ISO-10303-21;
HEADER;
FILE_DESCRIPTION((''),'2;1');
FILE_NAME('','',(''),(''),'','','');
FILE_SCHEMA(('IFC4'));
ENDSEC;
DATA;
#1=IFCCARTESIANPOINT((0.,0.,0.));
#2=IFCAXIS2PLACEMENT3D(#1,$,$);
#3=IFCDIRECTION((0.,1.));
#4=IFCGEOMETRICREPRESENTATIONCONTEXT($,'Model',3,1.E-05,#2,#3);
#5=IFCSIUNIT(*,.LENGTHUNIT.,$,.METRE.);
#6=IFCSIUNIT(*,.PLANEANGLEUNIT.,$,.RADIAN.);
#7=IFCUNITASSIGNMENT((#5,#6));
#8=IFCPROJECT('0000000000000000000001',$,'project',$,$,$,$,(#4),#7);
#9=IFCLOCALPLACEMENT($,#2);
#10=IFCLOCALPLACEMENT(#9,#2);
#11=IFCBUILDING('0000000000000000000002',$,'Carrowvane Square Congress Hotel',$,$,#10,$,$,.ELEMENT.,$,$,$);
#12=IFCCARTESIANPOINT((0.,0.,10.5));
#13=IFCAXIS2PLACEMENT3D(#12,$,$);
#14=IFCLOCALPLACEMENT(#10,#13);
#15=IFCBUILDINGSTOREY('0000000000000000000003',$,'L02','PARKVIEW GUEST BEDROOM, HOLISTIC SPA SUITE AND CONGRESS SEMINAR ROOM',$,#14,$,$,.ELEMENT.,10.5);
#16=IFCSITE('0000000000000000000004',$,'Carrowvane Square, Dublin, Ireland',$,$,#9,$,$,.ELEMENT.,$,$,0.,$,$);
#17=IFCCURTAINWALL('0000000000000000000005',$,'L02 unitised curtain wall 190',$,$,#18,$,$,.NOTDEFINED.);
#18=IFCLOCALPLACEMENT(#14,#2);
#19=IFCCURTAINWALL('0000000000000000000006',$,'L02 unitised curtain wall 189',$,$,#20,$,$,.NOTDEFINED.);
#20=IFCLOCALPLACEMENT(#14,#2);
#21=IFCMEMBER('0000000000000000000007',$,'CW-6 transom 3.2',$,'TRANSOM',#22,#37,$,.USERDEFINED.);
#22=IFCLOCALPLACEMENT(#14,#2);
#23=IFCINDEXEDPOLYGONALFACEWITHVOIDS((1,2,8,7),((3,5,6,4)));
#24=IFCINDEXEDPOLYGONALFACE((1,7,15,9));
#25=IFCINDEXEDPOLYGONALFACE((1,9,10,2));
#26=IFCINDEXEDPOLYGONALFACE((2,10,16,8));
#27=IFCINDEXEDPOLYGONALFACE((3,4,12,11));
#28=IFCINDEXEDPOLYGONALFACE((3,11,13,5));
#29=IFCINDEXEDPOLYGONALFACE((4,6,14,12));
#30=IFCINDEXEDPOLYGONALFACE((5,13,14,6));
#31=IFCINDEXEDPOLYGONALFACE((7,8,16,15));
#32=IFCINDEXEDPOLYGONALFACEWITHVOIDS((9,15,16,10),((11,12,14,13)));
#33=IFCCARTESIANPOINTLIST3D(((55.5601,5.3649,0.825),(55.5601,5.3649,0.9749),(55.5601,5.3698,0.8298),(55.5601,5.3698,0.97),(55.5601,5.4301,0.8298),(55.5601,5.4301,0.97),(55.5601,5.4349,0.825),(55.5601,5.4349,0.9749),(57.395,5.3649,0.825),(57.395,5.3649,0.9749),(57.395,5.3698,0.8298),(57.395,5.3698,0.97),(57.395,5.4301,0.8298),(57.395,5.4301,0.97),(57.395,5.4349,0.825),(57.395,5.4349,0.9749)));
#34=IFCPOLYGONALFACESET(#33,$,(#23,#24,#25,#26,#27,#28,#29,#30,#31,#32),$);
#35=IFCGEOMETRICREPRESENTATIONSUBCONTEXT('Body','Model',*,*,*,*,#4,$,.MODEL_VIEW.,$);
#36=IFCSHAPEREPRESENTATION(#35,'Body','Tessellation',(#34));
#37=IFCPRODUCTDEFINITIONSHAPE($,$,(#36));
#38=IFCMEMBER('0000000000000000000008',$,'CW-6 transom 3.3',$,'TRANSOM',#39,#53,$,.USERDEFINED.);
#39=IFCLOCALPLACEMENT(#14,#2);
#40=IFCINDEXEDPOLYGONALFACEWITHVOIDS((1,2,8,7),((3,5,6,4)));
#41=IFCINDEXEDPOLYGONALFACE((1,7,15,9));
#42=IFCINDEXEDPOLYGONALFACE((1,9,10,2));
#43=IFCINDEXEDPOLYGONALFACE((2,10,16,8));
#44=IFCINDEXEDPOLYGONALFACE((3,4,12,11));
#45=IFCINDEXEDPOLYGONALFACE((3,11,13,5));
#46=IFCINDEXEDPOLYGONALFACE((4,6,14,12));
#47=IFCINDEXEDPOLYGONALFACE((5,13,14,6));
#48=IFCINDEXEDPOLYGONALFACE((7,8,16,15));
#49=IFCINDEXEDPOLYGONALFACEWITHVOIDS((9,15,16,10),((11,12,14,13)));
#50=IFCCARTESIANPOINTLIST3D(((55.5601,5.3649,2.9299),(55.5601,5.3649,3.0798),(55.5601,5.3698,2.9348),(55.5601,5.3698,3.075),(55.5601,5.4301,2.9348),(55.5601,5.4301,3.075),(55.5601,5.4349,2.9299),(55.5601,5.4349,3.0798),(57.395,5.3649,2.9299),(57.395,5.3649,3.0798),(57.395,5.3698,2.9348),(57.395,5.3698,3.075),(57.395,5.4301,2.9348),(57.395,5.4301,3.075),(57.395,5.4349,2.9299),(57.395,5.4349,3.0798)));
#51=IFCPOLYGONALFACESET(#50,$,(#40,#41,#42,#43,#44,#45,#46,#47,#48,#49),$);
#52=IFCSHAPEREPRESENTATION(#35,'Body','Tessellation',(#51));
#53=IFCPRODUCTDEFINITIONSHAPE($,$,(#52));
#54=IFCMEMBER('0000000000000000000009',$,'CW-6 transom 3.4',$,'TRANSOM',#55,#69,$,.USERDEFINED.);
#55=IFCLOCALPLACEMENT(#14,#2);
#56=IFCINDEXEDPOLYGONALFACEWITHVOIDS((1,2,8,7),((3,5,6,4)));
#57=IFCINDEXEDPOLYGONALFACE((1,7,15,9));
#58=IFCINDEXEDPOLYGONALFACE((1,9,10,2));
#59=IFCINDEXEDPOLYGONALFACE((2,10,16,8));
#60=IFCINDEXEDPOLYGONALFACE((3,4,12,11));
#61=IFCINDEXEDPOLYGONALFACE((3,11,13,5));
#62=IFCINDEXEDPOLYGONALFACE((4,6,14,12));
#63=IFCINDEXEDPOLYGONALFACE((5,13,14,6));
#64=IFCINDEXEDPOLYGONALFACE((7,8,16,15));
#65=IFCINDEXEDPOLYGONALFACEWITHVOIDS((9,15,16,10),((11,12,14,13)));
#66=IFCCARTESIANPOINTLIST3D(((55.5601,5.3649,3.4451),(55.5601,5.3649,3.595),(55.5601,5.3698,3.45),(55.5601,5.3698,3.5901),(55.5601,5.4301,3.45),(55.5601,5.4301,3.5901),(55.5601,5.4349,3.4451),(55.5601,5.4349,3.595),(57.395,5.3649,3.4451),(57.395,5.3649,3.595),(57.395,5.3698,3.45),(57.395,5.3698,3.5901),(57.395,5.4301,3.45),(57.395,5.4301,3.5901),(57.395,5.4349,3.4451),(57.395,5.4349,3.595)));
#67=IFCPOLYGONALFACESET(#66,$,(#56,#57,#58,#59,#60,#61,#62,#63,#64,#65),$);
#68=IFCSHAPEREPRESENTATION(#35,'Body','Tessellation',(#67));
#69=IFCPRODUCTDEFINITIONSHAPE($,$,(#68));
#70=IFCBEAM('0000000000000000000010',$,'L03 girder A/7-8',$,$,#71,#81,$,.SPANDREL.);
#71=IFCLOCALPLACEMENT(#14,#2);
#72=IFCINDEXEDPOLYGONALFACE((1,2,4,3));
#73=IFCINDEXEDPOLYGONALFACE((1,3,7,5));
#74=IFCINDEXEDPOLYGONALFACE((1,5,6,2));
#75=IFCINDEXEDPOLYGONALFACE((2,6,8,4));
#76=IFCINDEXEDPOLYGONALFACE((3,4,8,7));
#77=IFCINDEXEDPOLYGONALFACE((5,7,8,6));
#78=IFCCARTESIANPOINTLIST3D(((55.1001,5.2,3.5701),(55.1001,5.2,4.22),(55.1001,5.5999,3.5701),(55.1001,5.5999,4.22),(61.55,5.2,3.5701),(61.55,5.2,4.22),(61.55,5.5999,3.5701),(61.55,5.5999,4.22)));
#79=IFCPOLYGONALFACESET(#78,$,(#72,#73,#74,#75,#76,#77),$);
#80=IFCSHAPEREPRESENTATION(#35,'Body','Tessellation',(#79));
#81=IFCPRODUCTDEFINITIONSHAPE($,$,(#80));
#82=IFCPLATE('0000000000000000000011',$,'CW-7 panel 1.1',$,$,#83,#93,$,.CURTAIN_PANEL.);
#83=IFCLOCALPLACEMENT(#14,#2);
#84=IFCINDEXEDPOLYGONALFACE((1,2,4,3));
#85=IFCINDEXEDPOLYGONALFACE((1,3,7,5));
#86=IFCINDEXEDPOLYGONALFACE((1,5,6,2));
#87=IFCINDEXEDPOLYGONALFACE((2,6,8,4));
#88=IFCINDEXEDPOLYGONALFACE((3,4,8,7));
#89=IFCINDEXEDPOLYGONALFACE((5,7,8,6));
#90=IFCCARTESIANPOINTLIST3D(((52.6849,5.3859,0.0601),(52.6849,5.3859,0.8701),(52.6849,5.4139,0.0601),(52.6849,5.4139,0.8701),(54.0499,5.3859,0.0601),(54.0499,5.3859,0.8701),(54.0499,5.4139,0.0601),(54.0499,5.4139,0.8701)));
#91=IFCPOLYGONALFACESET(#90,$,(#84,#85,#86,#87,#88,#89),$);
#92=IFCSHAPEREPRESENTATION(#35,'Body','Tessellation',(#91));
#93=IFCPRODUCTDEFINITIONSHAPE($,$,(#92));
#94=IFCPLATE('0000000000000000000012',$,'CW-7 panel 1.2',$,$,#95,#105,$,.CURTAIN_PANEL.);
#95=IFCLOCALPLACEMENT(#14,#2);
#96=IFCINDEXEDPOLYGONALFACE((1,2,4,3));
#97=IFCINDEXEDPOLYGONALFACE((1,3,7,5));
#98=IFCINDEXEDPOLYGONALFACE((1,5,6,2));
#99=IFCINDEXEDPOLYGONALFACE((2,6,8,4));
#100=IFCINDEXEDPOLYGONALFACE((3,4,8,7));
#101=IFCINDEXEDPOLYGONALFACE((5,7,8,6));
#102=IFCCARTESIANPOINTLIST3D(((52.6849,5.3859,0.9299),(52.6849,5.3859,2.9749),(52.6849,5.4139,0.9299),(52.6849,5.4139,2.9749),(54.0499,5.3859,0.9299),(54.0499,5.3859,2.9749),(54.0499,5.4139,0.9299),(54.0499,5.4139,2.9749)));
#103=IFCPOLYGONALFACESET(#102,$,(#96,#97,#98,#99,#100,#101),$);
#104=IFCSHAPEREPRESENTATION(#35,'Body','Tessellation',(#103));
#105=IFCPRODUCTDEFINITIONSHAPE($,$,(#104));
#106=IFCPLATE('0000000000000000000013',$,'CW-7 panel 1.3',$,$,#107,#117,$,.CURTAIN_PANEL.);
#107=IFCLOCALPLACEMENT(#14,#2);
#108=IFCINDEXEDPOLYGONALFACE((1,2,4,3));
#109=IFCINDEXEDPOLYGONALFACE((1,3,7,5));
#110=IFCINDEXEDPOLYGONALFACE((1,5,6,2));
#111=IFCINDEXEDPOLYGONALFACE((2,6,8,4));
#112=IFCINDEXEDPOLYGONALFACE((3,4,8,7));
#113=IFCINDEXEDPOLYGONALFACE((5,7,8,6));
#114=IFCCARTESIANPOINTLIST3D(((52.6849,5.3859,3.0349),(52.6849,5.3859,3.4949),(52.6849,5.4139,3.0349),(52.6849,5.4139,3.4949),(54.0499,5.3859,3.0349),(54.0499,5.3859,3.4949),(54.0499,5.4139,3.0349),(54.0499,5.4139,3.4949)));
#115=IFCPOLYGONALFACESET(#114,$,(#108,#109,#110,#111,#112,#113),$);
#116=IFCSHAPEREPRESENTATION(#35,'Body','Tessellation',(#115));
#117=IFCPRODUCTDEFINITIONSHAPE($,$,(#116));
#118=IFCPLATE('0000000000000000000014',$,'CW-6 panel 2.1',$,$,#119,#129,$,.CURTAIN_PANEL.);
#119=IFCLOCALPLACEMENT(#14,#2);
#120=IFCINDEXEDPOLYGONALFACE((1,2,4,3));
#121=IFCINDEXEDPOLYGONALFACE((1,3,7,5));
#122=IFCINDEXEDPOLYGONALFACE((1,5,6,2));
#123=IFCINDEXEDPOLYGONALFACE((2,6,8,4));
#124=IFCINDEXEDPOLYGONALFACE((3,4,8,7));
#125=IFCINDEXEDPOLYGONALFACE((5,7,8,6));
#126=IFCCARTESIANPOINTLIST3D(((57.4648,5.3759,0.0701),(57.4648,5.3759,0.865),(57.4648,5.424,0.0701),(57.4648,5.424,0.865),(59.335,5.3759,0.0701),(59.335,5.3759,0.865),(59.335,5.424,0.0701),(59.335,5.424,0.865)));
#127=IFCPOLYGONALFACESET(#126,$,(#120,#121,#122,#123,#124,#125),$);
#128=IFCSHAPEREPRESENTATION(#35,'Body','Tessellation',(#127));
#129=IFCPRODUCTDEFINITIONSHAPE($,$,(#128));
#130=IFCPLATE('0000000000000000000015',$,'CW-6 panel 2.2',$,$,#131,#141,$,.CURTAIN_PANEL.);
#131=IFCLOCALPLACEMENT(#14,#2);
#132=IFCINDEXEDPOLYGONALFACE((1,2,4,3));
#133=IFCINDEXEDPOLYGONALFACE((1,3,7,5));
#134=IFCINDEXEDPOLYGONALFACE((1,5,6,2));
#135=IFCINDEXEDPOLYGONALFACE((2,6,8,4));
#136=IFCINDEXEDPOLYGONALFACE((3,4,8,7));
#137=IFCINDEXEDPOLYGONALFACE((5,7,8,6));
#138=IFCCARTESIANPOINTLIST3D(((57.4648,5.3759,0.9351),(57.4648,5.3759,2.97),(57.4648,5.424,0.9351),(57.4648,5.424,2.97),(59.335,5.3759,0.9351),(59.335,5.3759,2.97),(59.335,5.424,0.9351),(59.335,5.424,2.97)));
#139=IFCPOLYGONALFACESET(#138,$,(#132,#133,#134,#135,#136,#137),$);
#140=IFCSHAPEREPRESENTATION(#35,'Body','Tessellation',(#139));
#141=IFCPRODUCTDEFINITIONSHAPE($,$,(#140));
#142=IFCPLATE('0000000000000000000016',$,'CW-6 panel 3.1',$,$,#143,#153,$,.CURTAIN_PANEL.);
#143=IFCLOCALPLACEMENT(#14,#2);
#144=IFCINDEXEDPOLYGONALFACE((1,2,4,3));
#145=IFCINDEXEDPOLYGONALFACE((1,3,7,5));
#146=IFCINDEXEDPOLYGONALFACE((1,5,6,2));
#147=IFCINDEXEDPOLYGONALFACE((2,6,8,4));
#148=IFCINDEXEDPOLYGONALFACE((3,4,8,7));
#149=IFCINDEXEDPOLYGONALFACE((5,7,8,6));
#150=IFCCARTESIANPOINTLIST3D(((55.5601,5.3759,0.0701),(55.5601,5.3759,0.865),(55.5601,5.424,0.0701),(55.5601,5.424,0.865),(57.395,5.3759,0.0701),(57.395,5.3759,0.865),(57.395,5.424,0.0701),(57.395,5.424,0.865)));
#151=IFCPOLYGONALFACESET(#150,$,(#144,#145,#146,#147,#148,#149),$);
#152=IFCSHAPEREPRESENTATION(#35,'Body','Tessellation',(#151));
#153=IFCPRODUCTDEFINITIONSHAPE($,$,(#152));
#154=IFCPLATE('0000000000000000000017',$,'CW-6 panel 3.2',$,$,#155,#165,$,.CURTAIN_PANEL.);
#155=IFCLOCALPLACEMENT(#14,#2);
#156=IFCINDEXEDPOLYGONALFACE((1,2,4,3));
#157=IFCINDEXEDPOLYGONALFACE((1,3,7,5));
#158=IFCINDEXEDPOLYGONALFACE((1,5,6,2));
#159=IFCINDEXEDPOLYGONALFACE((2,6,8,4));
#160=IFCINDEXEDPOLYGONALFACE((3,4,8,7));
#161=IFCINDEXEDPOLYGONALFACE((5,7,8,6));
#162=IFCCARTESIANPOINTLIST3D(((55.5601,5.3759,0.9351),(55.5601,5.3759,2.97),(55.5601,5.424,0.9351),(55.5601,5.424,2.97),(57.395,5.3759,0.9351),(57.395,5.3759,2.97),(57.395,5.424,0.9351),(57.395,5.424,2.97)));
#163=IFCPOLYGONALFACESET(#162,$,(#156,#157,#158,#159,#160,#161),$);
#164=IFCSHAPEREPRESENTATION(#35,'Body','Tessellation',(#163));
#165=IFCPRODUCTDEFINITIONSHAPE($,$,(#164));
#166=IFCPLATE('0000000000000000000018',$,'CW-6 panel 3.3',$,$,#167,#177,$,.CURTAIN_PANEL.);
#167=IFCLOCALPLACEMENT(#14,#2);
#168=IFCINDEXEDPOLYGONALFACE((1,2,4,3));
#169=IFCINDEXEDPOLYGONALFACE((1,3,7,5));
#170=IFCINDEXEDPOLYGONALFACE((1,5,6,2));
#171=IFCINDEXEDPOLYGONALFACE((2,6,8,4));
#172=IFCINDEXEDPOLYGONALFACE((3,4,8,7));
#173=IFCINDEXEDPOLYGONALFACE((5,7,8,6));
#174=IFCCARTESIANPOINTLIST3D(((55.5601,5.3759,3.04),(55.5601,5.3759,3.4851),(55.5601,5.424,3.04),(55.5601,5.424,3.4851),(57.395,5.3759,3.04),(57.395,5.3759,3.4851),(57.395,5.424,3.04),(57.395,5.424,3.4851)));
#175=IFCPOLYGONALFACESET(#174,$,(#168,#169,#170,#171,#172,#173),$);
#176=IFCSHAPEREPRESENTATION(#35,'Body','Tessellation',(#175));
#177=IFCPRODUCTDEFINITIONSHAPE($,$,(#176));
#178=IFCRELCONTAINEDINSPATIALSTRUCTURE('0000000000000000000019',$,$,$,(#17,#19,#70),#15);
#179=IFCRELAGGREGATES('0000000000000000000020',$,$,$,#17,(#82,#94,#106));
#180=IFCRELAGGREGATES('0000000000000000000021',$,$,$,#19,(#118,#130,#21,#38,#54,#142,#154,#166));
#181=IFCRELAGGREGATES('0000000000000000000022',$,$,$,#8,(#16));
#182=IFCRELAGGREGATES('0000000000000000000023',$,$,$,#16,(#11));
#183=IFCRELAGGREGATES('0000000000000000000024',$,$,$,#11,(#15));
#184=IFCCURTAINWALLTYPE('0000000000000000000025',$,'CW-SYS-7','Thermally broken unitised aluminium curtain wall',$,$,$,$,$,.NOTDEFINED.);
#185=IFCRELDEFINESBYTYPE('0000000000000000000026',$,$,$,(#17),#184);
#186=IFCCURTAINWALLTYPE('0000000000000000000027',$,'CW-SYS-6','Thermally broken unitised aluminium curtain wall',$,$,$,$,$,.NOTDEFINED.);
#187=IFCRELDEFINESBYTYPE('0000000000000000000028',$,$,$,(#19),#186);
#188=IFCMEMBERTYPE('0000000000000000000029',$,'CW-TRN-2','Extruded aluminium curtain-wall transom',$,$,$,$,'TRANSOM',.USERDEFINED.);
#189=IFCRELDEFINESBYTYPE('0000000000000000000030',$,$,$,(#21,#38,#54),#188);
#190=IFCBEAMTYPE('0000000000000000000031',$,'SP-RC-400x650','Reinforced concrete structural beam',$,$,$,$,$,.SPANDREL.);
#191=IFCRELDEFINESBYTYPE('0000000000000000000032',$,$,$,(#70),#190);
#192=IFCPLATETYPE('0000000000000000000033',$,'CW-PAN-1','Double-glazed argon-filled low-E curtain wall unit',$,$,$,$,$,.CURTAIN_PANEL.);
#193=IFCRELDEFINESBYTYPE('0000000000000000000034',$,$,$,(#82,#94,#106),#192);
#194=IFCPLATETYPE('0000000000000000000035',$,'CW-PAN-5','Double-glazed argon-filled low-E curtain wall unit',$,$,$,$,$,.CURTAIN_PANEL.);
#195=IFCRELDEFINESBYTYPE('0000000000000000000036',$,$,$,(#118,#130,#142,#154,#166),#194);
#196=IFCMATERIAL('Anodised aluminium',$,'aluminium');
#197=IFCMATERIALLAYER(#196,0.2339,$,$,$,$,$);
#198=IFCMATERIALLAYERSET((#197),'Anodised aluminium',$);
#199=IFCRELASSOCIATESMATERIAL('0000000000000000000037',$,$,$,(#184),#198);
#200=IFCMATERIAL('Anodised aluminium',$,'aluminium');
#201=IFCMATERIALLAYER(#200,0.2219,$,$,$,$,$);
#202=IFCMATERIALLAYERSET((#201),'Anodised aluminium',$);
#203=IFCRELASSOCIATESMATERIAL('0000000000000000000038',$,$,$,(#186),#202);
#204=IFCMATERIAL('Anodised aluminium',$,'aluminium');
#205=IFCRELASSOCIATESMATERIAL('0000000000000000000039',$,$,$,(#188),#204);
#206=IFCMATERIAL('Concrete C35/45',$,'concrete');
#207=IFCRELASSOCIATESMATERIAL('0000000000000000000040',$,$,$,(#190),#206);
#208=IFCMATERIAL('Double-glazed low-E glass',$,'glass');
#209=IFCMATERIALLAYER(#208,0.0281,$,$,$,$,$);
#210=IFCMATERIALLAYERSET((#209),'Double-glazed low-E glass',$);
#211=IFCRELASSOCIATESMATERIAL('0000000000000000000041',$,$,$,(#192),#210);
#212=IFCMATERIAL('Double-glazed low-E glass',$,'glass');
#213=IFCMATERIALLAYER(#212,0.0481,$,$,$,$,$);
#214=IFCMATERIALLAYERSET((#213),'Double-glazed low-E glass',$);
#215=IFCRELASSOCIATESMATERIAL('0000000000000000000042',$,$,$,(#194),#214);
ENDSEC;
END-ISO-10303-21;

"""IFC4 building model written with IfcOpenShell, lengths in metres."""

from ifc_helpers import new_model, si_unit, direction, frame, origin, origin_2d, place, context, subcontext, project, spatial, rectangle, hollow_rectangle, extrude, material, layer, layer_set, material_profile, profile_set, type_object, element, aggregate, save


model = new_model("IFC4")

# Units and contexts
model_context = context("Model", 3, precision=1e-05, world=origin(), true_north=direction((0.0, 1.0)))
body_context = subcontext(model_context, "Body", "Model", "MODEL_VIEW")
ifc_project = project(units=[si_unit("LENGTHUNIT", "METRE"), si_unit("PLANEANGLEUNIT", "RADIAN")], contexts=[model_context])

# Site, building, storey
site_placement = place(None, origin())
site = spatial("IfcSite", under=ifc_project, at=site_placement, Name="Carrowvane Square, Dublin, Ireland", CompositionType="ELEMENT", RefElevation=0.0)
building_placement = place(site_placement, origin())
building = spatial("IfcBuilding", under=site, at=building_placement, Name="Carrowvane Square Congress Hotel", CompositionType="ELEMENT")
storey_placement = place(building_placement, frame((0.0, 0.0, 10.5)))
storey = spatial("IfcBuildingStorey", under=building, at=storey_placement, Name="L02", Description="PARKVIEW GUEST BEDROOM, HOLISTIC SPA SUITE AND CONGRESS SEMINAR ROOM", CompositionType="ELEMENT", Elevation=10.5)

# Curtain walls
ifc_material_1 = material(Name="Anodised aluminium", Category="aluminium")
ifc_layer_1 = layer(ifc_material_1, 0.2339)
ifc_layer_set_1 = layer_set([ifc_layer_1], Name="Anodised aluminium")
curtain_wall_type_1 = type_object("IfcCurtainWallType", Name="CW-SYS-7", Description="Thermally broken unitised aluminium curtain wall", PredefinedType="NOTDEFINED", material=ifc_layer_set_1)
curtain_wall_1_placement = place(storey_placement, origin())
curtain_wall_1 = element("IfcCurtainWall", 1, at=curtain_wall_1_placement, inside=storey, type_object=curtain_wall_type_1, Name="L02 unitised curtain wall 190", PredefinedType="NOTDEFINED")
ifc_material_2 = material(Name="Anodised aluminium", Category="aluminium")
ifc_layer_2 = layer(ifc_material_2, 0.2219)
ifc_layer_set_2 = layer_set([ifc_layer_2], Name="Anodised aluminium")
curtain_wall_type_2 = type_object("IfcCurtainWallType", Name="CW-SYS-6", Description="Thermally broken unitised aluminium curtain wall", PredefinedType="NOTDEFINED", material=ifc_layer_set_2)
curtain_wall_2_placement = place(storey_placement, origin())
curtain_wall_2 = element("IfcCurtainWall", 2, at=curtain_wall_2_placement, inside=storey, type_object=curtain_wall_type_2, Name="L02 unitised curtain wall 189", PredefinedType="NOTDEFINED")

# Members
ifc_material_3 = material(Name="Anodised aluminium", Category="aluminium")
ifc_material_profile_1 = material_profile(ifc_material_3, hollow_rectangle(XDim=0.0701, YDim=0.1499, WallThickness=0.0049, at=origin_2d()), Name="CW-TR 70x150x5")
ifc_profile_set_1 = profile_set([ifc_material_profile_1], Name="Anodised aluminium")
member_type_1 = type_object("IfcMemberType", Name="CW-TRN-2", Description="Extruded aluminium curtain-wall transom", ElementType="TRANSOM", PredefinedType="USERDEFINED", material=ifc_profile_set_1)
member_1_placement = place(storey_placement, frame((57.395, 5.3999, 0.8999), z_axis=(-1.0, 0.0, 0.0), x_axis=(0.0, -1.0, 0.0)))
member_1 = element("IfcMember", 3, at=member_1_placement, type_object=member_type_1, Name="CW-6 transom 3.2", ObjectType="TRANSOM", PredefinedType="USERDEFINED", context=body_context, shape_type="SweptSolid", body=[
    extrude(hollow_rectangle(XDim=0.0701, YDim=0.1499, WallThickness=0.0049, at=origin_2d()), origin(), (0.0, 0.0, 1.0), 1.835),
])
member_2_placement = place(storey_placement, frame((57.395, 5.3999, 3.0049), z_axis=(-1.0, 0.0, 0.0), x_axis=(0.0, -1.0, 0.0)))
member_2 = element("IfcMember", 4, at=member_2_placement, type_object=member_type_1, Name="CW-6 transom 3.3", ObjectType="TRANSOM", PredefinedType="USERDEFINED", context=body_context, shape_type="SweptSolid", body=[
    extrude(hollow_rectangle(XDim=0.0701, YDim=0.1499, WallThickness=0.0049, at=origin_2d()), origin(), (0.0, 0.0, 1.0), 1.835),
])
member_3_placement = place(storey_placement, frame((57.395, 5.3999, 3.52), z_axis=(-1.0, 0.0, 0.0), x_axis=(0.0, -1.0, 0.0)))
member_3 = element("IfcMember", 5, at=member_3_placement, type_object=member_type_1, Name="CW-6 transom 3.4", ObjectType="TRANSOM", PredefinedType="USERDEFINED", context=body_context, shape_type="SweptSolid", body=[
    extrude(hollow_rectangle(XDim=0.0701, YDim=0.1499, WallThickness=0.0049, at=origin_2d()), origin(), (0.0, 0.0, 1.0), 1.835),
])

# Beam
ifc_material_4 = material(Name="Concrete C35/45", Category="concrete")
ifc_material_profile_2 = material_profile(ifc_material_4, rectangle(XDim=0.3999, YDim=0.6499, at=origin_2d()), Name="RC 400x650")
ifc_profile_set_2 = profile_set([ifc_material_profile_2], Name="Concrete C35/45")
beam_type = type_object("IfcBeamType", Name="SP-RC-400x650", Description="Reinforced concrete structural beam", PredefinedType="SPANDREL", material=ifc_profile_set_2)
beam_placement = place(storey_placement, frame((55.1001, 5.3999, 3.895), z_axis=(1.0, 0.0, 0.0), x_axis=(0.0, 1.0, 0.0)))
element("IfcBeam", 6, at=beam_placement, inside=storey, type_object=beam_type, Name="L03 girder A/7-8", PredefinedType="SPANDREL", context=body_context, shape_type="SweptSolid", body=[
    extrude(rectangle(XDim=0.3999, YDim=0.6499, at=origin_2d()), origin(), (0.0, 0.0, 1.0), 6.45),
])

# Plates
ifc_material_5 = material(Name="Double-glazed low-E glass", Category="glass")
ifc_layer_3 = layer(ifc_material_5, 0.0281)
ifc_layer_set_3 = layer_set([ifc_layer_3], Name="Double-glazed low-E glass")
plate_type_1 = type_object("IfcPlateType", Name="CW-PAN-1", Description="Double-glazed argon-filled low-E curtain wall unit", PredefinedType="CURTAIN_PANEL", material=ifc_layer_set_3)
plate_1_placement = place(storey_placement, frame((53.3674, 5.3999, 0.0601), z_axis=(0.0, 0.0, 1.0), x_axis=(-1.0, 0.0, 0.0)))
plate_1 = element("IfcPlate", 7, at=plate_1_placement, type_object=plate_type_1, Name="CW-7 panel 1.1", PredefinedType="CURTAIN_PANEL", context=body_context, shape_type="SweptSolid", body=[
    extrude(rectangle(XDim=1.365, YDim=0.0281, at=origin_2d()), origin(), (0.0, 0.0, 1.0), 0.8101),
])
plate_2_placement = place(storey_placement, frame((53.3674, 5.3999, 0.9299), z_axis=(0.0, 0.0, 1.0), x_axis=(-1.0, 0.0, 0.0)))
plate_2 = element("IfcPlate", 8, at=plate_2_placement, type_object=plate_type_1, Name="CW-7 panel 1.2", PredefinedType="CURTAIN_PANEL", context=body_context, shape_type="SweptSolid", body=[
    extrude(rectangle(XDim=1.365, YDim=0.0281, at=origin_2d()), origin(), (0.0, 0.0, 1.0), 2.0449),
])
plate_3_placement = place(storey_placement, frame((53.3674, 5.3999, 3.0349), z_axis=(0.0, 0.0, 1.0), x_axis=(-1.0, 0.0, 0.0)))
plate_3 = element("IfcPlate", 9, at=plate_3_placement, type_object=plate_type_1, Name="CW-7 panel 1.3", PredefinedType="CURTAIN_PANEL", context=body_context, shape_type="SweptSolid", body=[
    extrude(rectangle(XDim=1.365, YDim=0.0281, at=origin_2d()), origin(), (0.0, 0.0, 1.0), 0.46),
])
aggregate(curtain_wall_1, [plate_1, plate_2, plate_3])
ifc_material_6 = material(Name="Double-glazed low-E glass", Category="glass")
ifc_layer_4 = layer(ifc_material_6, 0.0481)
ifc_layer_set_4 = layer_set([ifc_layer_4], Name="Double-glazed low-E glass")
plate_type_2 = type_object("IfcPlateType", Name="CW-PAN-5", Description="Double-glazed argon-filled low-E curtain wall unit", PredefinedType="CURTAIN_PANEL", material=ifc_layer_set_4)
plate_4_placement = place(storey_placement, frame((58.3999, 5.3999, 0.0701), z_axis=(0.0, 0.0, 1.0), x_axis=(-1.0, 0.0, 0.0)))
plate_4 = element("IfcPlate", 10, at=plate_4_placement, type_object=plate_type_2, Name="CW-6 panel 2.1", PredefinedType="CURTAIN_PANEL", context=body_context, shape_type="SweptSolid", body=[
    extrude(rectangle(XDim=1.8701, YDim=0.0481, at=origin_2d()), origin(), (0.0, 0.0, 1.0), 0.7949),
])
plate_5_placement = place(storey_placement, frame((58.3999, 5.3999, 0.9351), z_axis=(0.0, 0.0, 1.0), x_axis=(-1.0, 0.0, 0.0)))
plate_5 = element("IfcPlate", 11, at=plate_5_placement, type_object=plate_type_2, Name="CW-6 panel 2.2", PredefinedType="CURTAIN_PANEL", context=body_context, shape_type="SweptSolid", body=[
    extrude(rectangle(XDim=1.8701, YDim=0.0481, at=origin_2d()), origin(), (0.0, 0.0, 1.0), 2.0349),
])
plate_6_placement = place(storey_placement, frame((56.4775, 5.3999, 0.0701), z_axis=(0.0, 0.0, 1.0), x_axis=(-1.0, 0.0, 0.0)))
plate_6 = element("IfcPlate", 12, at=plate_6_placement, type_object=plate_type_2, Name="CW-6 panel 3.1", PredefinedType="CURTAIN_PANEL", context=body_context, shape_type="SweptSolid", body=[
    extrude(rectangle(XDim=1.835, YDim=0.0481, at=origin_2d()), origin(), (0.0, 0.0, 1.0), 0.7949),
])
plate_7_placement = place(storey_placement, frame((56.4775, 5.3999, 0.9351), z_axis=(0.0, 0.0, 1.0), x_axis=(-1.0, 0.0, 0.0)))
plate_7 = element("IfcPlate", 13, at=plate_7_placement, type_object=plate_type_2, Name="CW-6 panel 3.2", PredefinedType="CURTAIN_PANEL", context=body_context, shape_type="SweptSolid", body=[
    extrude(rectangle(XDim=1.835, YDim=0.0481, at=origin_2d()), origin(), (0.0, 0.0, 1.0), 2.0349),
])
plate_8_placement = place(storey_placement, frame((56.4775, 5.3999, 3.04), z_axis=(0.0, 0.0, 1.0), x_axis=(-1.0, 0.0, 0.0)))
plate_8 = element("IfcPlate", 14, at=plate_8_placement, type_object=plate_type_2, Name="CW-6 panel 3.3", PredefinedType="CURTAIN_PANEL", context=body_context, shape_type="SweptSolid", body=[
    extrude(rectangle(XDim=1.835, YDim=0.0481, at=origin_2d()), origin(), (0.0, 0.0, 1.0), 0.4451),
])
aggregate(curtain_wall_2, [plate_4, plate_5, member_1, member_2, member_3, plate_6, plate_7, plate_8])

save(model, "model.ifc")
